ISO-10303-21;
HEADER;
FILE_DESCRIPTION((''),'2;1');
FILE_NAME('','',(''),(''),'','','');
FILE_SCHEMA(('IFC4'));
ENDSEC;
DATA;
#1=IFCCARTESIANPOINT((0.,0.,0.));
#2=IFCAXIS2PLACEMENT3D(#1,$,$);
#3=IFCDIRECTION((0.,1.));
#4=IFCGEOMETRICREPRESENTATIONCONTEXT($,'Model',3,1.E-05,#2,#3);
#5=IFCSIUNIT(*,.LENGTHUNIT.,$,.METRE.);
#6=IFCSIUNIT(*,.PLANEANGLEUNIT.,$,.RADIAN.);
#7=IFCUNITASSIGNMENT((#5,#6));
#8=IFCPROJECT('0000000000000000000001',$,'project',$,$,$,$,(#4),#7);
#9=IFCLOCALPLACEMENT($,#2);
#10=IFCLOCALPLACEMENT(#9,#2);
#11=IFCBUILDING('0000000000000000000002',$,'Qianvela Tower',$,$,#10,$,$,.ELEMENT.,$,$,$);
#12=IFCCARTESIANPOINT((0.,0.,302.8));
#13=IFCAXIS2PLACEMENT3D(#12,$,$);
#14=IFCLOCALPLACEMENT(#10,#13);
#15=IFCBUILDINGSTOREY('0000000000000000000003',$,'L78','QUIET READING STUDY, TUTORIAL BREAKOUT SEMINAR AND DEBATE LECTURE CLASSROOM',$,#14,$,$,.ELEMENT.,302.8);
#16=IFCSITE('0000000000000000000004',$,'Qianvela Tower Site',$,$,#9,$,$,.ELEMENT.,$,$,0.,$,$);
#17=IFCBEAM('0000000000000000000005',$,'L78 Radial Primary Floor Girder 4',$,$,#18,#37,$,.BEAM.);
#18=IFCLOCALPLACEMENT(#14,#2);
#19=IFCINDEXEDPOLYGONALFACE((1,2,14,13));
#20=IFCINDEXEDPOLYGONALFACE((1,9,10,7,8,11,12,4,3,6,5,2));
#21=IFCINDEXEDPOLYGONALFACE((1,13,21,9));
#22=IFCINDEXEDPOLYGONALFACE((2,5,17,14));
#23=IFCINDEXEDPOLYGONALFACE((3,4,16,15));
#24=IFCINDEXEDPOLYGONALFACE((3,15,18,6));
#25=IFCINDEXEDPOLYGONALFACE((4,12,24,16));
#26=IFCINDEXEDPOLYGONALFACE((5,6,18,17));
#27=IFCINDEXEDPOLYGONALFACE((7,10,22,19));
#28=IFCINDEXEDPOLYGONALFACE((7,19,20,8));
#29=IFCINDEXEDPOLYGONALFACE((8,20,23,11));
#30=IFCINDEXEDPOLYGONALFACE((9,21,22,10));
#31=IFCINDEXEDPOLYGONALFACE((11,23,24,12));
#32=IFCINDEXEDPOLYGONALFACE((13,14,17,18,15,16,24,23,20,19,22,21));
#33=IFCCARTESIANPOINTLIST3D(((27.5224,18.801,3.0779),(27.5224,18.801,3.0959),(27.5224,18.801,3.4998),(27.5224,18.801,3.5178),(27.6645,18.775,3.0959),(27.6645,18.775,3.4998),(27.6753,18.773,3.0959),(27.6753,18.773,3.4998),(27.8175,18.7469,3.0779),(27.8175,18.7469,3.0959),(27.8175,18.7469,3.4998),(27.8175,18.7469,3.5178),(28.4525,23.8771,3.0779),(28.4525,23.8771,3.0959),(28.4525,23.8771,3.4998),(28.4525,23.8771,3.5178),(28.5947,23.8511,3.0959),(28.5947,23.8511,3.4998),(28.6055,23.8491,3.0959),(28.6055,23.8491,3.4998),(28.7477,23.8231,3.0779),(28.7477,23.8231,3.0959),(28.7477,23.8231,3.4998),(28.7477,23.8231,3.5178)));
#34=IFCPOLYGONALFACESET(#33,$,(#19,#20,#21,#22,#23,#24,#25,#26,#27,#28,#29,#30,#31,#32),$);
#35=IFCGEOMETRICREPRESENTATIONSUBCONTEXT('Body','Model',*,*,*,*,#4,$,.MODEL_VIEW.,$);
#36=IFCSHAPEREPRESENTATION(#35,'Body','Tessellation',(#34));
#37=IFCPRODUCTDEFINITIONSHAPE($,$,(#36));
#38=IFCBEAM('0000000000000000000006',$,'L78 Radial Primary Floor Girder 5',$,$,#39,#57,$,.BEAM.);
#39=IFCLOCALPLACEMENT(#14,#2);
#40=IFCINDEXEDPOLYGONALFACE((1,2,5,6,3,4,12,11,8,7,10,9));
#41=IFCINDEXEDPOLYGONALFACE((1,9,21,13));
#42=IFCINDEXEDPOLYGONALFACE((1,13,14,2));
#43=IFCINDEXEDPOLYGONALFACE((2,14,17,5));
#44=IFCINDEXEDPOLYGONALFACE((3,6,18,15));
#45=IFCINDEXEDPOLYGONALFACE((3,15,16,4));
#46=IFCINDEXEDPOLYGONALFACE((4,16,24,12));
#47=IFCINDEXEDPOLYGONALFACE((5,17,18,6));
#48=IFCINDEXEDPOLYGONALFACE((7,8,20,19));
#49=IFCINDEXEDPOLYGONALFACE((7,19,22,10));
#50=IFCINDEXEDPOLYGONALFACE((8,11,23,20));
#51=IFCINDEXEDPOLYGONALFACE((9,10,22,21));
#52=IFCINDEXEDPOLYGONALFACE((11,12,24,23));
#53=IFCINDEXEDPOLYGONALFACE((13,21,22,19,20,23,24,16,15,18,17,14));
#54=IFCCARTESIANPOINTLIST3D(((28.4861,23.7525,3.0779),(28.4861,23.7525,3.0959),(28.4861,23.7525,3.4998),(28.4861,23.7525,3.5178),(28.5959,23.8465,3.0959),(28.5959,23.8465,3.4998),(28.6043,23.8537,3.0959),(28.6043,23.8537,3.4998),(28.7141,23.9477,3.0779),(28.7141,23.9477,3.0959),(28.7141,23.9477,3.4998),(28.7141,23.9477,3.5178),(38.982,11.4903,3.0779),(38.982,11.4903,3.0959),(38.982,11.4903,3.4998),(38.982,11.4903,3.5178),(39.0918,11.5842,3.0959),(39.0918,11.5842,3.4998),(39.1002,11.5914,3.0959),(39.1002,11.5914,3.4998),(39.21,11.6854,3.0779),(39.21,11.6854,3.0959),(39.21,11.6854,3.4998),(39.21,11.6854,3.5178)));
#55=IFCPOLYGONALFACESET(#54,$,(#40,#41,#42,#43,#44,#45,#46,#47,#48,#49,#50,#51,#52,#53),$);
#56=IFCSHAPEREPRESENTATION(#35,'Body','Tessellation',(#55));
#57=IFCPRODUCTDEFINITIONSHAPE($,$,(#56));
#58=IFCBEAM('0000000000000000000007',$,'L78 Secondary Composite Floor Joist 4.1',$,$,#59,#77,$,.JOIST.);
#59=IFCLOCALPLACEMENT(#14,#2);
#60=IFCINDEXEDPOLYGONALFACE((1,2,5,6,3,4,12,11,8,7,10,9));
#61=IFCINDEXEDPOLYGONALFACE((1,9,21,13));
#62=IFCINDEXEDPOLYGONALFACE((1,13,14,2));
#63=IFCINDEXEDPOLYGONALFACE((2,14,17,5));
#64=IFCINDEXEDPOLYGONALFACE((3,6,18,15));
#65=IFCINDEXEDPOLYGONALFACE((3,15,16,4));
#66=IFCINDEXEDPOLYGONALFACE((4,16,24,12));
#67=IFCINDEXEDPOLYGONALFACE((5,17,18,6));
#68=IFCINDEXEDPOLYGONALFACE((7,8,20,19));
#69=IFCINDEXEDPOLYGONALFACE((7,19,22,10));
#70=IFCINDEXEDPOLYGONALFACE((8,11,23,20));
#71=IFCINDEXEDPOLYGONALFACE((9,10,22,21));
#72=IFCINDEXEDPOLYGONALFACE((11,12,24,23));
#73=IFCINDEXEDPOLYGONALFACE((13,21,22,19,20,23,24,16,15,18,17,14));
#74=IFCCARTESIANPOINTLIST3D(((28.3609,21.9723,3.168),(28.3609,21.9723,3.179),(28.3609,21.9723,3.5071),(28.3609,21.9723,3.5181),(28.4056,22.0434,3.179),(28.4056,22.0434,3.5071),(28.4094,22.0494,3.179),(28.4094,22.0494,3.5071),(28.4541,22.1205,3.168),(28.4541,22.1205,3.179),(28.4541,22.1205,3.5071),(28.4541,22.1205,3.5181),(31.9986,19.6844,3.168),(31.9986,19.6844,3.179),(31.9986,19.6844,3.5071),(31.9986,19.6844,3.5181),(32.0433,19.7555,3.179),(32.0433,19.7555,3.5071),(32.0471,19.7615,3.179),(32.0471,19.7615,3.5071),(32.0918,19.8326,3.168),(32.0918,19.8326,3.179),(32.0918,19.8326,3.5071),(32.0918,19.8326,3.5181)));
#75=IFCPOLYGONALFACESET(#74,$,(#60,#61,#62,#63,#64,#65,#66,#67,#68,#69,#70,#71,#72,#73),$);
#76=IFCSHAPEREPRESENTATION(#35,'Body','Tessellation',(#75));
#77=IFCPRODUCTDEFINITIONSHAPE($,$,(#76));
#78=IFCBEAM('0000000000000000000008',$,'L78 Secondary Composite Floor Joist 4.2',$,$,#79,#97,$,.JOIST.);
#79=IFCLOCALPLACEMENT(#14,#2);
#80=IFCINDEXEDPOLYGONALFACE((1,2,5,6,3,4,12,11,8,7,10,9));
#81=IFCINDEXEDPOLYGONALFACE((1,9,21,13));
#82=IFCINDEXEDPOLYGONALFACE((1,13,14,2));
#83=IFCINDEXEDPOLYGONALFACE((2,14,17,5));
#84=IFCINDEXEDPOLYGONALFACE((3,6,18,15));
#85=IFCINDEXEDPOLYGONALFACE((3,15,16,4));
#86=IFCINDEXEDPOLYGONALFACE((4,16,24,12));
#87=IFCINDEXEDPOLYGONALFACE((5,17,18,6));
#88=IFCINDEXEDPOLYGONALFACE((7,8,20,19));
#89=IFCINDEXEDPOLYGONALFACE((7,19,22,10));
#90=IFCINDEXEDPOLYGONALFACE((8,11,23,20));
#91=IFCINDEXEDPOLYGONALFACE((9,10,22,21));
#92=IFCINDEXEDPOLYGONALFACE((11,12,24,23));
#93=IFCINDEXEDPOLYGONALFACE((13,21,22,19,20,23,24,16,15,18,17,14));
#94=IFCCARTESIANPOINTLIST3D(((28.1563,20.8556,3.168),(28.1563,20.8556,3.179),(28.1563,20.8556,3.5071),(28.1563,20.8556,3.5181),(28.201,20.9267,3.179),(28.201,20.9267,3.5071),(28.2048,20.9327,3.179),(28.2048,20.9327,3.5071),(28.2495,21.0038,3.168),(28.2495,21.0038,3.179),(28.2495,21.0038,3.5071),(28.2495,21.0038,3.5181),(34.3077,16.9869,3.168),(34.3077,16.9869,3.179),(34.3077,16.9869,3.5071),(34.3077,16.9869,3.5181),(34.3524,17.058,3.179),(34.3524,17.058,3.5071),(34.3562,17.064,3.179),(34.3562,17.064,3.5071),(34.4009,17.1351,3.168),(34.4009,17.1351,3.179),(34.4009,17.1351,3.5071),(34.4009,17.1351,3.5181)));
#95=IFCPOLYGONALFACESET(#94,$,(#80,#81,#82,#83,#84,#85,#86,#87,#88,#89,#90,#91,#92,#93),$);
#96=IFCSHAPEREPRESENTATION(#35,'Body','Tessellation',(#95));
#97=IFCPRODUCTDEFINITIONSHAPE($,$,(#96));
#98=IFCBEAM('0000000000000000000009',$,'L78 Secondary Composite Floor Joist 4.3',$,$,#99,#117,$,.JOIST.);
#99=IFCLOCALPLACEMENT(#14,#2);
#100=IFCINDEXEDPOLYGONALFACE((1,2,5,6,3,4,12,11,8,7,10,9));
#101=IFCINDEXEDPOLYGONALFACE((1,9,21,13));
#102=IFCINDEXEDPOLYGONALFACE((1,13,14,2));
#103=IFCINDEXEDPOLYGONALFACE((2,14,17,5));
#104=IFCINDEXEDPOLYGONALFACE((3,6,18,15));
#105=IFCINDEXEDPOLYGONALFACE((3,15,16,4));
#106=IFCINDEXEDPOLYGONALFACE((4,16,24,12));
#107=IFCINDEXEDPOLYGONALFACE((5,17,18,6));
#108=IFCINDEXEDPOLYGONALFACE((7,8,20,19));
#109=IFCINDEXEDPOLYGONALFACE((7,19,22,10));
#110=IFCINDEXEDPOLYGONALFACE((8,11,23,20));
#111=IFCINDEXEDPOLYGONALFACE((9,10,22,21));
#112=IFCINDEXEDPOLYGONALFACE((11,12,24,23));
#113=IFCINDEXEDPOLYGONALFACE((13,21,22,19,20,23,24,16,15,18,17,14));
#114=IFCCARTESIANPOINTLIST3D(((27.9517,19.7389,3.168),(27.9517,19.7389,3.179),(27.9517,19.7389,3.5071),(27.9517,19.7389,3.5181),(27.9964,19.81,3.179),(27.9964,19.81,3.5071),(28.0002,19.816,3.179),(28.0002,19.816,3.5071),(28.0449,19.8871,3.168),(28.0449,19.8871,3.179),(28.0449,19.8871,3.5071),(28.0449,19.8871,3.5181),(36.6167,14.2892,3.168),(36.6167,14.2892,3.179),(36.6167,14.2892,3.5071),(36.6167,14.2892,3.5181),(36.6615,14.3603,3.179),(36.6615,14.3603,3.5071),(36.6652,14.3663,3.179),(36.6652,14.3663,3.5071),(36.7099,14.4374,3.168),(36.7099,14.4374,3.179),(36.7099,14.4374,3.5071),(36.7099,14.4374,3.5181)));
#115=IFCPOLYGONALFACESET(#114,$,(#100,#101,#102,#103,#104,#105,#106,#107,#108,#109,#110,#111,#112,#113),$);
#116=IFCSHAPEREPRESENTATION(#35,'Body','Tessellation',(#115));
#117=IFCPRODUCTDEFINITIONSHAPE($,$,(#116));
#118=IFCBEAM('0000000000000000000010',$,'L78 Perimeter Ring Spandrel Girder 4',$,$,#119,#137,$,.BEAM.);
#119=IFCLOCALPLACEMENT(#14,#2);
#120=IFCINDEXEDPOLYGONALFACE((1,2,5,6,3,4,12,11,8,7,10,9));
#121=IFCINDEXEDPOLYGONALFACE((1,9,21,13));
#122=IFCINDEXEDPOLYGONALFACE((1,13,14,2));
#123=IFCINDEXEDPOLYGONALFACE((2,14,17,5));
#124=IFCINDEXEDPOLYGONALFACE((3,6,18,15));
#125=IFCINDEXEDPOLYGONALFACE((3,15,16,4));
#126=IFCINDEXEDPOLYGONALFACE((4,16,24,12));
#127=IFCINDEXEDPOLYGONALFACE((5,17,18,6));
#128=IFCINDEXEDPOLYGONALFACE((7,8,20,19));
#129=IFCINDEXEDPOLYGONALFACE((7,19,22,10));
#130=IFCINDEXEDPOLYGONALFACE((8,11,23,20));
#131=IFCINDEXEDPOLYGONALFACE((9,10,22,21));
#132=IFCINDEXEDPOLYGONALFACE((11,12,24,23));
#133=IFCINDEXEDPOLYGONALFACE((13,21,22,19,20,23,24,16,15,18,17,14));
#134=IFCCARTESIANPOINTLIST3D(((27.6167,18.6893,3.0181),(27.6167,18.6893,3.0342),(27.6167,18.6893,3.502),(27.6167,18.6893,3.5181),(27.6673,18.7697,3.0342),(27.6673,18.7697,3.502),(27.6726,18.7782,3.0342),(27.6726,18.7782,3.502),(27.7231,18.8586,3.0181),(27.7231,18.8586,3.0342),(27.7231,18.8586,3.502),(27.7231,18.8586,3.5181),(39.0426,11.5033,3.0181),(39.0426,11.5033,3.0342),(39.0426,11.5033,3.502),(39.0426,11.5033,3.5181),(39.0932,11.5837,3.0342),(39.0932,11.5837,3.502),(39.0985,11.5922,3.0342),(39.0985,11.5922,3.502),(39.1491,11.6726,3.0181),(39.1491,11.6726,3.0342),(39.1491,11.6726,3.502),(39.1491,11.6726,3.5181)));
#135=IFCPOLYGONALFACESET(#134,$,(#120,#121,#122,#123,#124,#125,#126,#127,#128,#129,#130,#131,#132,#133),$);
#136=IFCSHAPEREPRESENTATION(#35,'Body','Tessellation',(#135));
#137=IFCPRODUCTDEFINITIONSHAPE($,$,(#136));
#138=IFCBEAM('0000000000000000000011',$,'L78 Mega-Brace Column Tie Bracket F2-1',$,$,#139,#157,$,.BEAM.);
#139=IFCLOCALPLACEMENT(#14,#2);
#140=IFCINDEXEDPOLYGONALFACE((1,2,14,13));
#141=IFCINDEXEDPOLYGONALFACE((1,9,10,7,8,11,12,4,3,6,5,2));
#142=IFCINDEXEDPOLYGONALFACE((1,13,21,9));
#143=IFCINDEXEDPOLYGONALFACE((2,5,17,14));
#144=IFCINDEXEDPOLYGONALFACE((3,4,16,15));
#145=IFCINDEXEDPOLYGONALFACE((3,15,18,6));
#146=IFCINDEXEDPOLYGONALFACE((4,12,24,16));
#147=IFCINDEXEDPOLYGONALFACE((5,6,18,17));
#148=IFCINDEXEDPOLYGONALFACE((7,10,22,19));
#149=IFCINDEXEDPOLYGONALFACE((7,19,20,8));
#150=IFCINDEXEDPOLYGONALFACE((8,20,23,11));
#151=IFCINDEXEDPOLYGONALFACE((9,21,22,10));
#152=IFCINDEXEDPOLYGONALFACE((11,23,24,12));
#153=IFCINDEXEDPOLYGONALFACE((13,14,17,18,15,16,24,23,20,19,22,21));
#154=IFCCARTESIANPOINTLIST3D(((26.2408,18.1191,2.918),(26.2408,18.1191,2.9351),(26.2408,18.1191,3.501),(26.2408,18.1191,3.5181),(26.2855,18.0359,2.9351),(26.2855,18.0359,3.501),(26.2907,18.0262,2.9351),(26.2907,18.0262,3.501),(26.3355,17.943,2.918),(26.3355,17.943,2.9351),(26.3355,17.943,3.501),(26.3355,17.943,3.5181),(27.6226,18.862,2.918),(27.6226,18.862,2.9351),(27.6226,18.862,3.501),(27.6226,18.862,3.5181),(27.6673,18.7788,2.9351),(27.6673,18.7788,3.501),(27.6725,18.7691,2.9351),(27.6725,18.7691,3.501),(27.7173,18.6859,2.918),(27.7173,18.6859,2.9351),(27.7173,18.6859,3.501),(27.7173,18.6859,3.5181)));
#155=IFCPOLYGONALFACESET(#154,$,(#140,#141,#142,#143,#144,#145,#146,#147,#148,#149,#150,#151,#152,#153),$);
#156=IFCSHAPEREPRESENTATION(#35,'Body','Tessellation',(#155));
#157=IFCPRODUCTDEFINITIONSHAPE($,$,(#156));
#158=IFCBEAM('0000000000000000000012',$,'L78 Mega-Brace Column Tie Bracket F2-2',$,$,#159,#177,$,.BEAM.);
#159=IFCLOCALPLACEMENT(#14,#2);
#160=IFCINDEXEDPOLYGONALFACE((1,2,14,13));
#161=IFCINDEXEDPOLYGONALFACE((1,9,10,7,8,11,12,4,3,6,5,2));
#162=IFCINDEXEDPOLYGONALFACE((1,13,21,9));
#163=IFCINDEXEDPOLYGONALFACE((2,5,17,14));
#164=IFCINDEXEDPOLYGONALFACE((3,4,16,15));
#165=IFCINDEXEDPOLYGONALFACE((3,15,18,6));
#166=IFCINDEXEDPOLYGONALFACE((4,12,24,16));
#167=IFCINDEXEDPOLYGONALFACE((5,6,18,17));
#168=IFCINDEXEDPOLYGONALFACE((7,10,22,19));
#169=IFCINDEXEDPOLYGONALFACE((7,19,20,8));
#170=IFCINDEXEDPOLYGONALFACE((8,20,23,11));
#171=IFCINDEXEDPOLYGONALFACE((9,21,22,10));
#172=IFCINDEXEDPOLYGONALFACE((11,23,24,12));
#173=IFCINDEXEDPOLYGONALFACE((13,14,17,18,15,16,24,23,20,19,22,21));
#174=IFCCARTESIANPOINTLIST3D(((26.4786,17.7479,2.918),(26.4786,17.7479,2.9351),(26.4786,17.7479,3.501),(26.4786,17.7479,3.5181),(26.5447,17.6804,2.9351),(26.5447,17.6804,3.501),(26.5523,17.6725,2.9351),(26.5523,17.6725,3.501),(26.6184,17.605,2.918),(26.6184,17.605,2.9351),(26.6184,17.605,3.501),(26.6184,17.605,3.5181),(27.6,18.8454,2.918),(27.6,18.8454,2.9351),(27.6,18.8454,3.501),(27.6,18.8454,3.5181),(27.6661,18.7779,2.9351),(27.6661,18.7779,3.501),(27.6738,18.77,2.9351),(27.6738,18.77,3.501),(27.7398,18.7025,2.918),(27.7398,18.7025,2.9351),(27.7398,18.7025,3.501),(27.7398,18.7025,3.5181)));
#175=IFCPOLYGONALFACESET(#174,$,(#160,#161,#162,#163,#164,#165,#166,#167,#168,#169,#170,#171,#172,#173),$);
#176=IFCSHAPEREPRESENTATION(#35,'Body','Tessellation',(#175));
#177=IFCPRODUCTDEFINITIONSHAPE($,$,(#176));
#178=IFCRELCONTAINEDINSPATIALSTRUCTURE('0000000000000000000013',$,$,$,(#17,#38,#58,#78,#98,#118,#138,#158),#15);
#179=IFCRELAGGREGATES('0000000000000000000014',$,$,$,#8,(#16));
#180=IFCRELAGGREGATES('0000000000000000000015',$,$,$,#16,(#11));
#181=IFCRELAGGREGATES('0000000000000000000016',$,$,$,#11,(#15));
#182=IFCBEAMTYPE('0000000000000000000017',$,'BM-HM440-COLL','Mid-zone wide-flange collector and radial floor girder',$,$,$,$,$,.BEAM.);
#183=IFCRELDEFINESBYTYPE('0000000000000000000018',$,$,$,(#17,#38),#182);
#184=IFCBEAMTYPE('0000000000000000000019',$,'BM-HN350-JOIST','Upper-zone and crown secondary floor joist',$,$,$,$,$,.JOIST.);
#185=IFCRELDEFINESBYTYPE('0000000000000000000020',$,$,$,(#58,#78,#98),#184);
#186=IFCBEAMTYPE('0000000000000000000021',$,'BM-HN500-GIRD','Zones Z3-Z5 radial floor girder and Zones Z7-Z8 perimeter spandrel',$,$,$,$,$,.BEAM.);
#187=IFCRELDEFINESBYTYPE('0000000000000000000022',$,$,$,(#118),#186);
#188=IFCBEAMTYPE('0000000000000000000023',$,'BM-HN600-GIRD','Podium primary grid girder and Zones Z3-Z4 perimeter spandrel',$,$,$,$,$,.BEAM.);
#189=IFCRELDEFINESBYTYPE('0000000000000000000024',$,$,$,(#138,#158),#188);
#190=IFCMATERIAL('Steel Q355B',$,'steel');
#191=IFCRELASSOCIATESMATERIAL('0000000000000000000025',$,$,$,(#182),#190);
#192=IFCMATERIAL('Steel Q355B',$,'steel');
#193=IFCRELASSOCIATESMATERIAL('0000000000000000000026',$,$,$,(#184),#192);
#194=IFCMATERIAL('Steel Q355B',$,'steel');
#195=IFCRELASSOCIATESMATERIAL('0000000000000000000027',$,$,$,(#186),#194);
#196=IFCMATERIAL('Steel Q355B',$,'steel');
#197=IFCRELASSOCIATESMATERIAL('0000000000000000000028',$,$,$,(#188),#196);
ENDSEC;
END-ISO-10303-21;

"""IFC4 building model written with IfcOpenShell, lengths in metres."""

from ifc_helpers import new_model, si_unit, direction, frame, origin, origin_2d, place, context, subcontext, project, spatial, i_section, extrude, material, material_profile, profile_set, type_object, element, save


model = new_model("IFC4")

# Units and contexts
model_context = context("Model", 3, precision=1e-05, world=origin(), true_north=direction((0.0, 1.0)))
body_context = subcontext(model_context, "Body", "Model", "MODEL_VIEW")
ifc_project = project(units=[si_unit("LENGTHUNIT", "METRE"), si_unit("PLANEANGLEUNIT", "RADIAN")], contexts=[model_context])

# Site, building, storey
site_placement = place(None, origin())
site = spatial("IfcSite", under=ifc_project, at=site_placement, Name="Qianvela Tower Site", CompositionType="ELEMENT", RefElevation=0.0)
building_placement = place(site_placement, origin())
building = spatial("IfcBuilding", under=site, at=building_placement, Name="Qianvela Tower", CompositionType="ELEMENT")
storey_placement = place(building_placement, frame((0.0, 0.0, 302.8)))
storey = spatial("IfcBuildingStorey", under=building, at=storey_placement, Name="L78", Description="QUIET READING STUDY, TUTORIAL BREAKOUT SEMINAR AND DEBATE LECTURE CLASSROOM", CompositionType="ELEMENT", Elevation=302.8)

# Beams
ifc_material_1 = material(Name="Steel Q355B", Category="steel")
ifc_material_profile_1 = material_profile(ifc_material_1, i_section(OverallWidth=0.3, OverallDepth=0.4399, WebThickness=0.011, FlangeThickness=0.0181, at=origin_2d()), Name="HM440x300x11x18")
ifc_profile_set_1 = profile_set([ifc_material_profile_1], Name="Steel Q355B")
beam_type_1 = type_object("IfcBeamType", Name="BM-HM440-COLL", Description="Mid-zone wide-flange collector and radial floor girder", PredefinedType="BEAM", material=ifc_profile_set_1)
beam_1_placement = place(storey_placement, frame((28.6001, 23.8501, 3.2979), z_axis=(-0.180242, -0.983622, 0.0), x_axis=(0.983622, -0.180242, 0.0)))
element("IfcBeam", 1, at=beam_1_placement, inside=storey, type_object=beam_type_1, Name="L78 Radial Primary Floor Girder 4", PredefinedType="BEAM", context=body_context, shape_type="SweptSolid", body=[
    extrude(i_section(OverallWidth=0.3, OverallDepth=0.4399, WebThickness=0.011, FlangeThickness=0.0181, at=origin_2d()), origin(), (0.0, 0.0, 1.0), 5.1606),
])
beam_2_placement = place(storey_placement, frame((28.6001, 23.8501, 3.2979), z_axis=(0.650269, -0.759704, 0.0), x_axis=(0.759704, 0.650269, 0.0)))
element("IfcBeam", 2, at=beam_2_placement, inside=storey, type_object=beam_type_1, Name="L78 Radial Primary Floor Girder 5", PredefinedType="BEAM", context=body_context, shape_type="SweptSolid", body=[
    extrude(i_section(OverallWidth=0.3, OverallDepth=0.4399, WebThickness=0.011, FlangeThickness=0.0181, at=origin_2d()), origin(), (0.0, 0.0, 1.0), 16.1409),
])
ifc_material_2 = material(Name="Steel Q355B", Category="steel")
ifc_material_profile_2 = material_profile(ifc_material_2, i_section(OverallWidth=0.175, OverallDepth=0.3501, WebThickness=0.0071, FlangeThickness=0.011, at=origin_2d()), Name="HN350x175x7x11")
ifc_profile_set_2 = profile_set([ifc_material_profile_2], Name="Steel Q355B")
beam_type_2 = type_object("IfcBeamType", Name="BM-HN350-JOIST", Description="Upper-zone and crown secondary floor joist", PredefinedType="JOIST", material=ifc_profile_set_2)
beam_3_placement = place(storey_placement, frame((28.4075, 22.0464, 3.343), z_axis=(0.846501, -0.532387, 0.0), x_axis=(0.532387, 0.846501, 0.0)))
element("IfcBeam", 3, at=beam_3_placement, inside=storey, type_object=beam_type_2, Name="L78 Secondary Composite Floor Joist 4.1", PredefinedType="JOIST", context=body_context, shape_type="SweptSolid", body=[
    extrude(i_section(OverallWidth=0.175, OverallDepth=0.3501, WebThickness=0.0071, FlangeThickness=0.011, at=origin_2d()), origin(), (0.0, 0.0, 1.0), 4.2974),
])
beam_4_placement = place(storey_placement, frame((28.2029, 20.9297, 3.343), z_axis=(0.846508, -0.532377, 0.0), x_axis=(0.532377, 0.846508, 0.0)))
element("IfcBeam", 4, at=beam_4_placement, inside=storey, type_object=beam_type_2, Name="L78 Secondary Composite Floor Joist 4.2", PredefinedType="JOIST", context=body_context, shape_type="SweptSolid", body=[
    extrude(i_section(OverallWidth=0.175, OverallDepth=0.3501, WebThickness=0.0071, FlangeThickness=0.011, at=origin_2d()), origin(), (0.0, 0.0, 1.0), 7.2668),
])
beam_5_placement = place(storey_placement, frame((27.9983, 19.813, 3.343), z_axis=(0.8465, -0.532389, 0.0), x_axis=(0.532389, 0.8465, 0.0)))
element("IfcBeam", 5, at=beam_5_placement, inside=storey, type_object=beam_type_2, Name="L78 Secondary Composite Floor Joist 4.3", PredefinedType="JOIST", context=body_context, shape_type="SweptSolid", body=[
    extrude(i_section(OverallWidth=0.175, OverallDepth=0.3501, WebThickness=0.0071, FlangeThickness=0.011, at=origin_2d()), origin(), (0.0, 0.0, 1.0), 10.2363),
])
ifc_material_3 = material(Name="Steel Q355B", Category="steel")
ifc_material_profile_3 = material_profile(ifc_material_3, i_section(OverallWidth=0.2, OverallDepth=0.5, WebThickness=0.01, FlangeThickness=0.0161, at=origin_2d()), Name="HN500x200x10x16")
ifc_profile_set_3 = profile_set([ifc_material_profile_3], Name="Steel Q355B")
beam_type_3 = type_object("IfcBeamType", Name="BM-HN500-GIRD", Description="Zones Z3-Z5 radial floor girder and Zones Z7-Z8 perimeter spandrel", PredefinedType="BEAM", material=ifc_profile_set_3)
beam_6_placement = place(storey_placement, frame((27.6699, 18.7739, 3.2681), z_axis=(0.846504, -0.532382, 0.0), x_axis=(0.532382, 0.846504, 0.0)))
element("IfcBeam", 6, at=beam_6_placement, inside=storey, type_object=beam_type_3, Name="L78 Perimeter Ring Spandrel Girder 4", PredefinedType="BEAM", context=body_context, shape_type="SweptSolid", body=[
    extrude(i_section(OverallWidth=0.2, OverallDepth=0.5, WebThickness=0.01, FlangeThickness=0.0161, at=origin_2d()), origin(), (0.0, 0.0, 1.0), 13.4978),
])
ifc_material_4 = material(Name="Steel Q355B", Category="steel")
ifc_material_profile_4 = material_profile(ifc_material_4, i_section(OverallWidth=0.2, OverallDepth=0.6001, WebThickness=0.011, FlangeThickness=0.0171, at=origin_2d()), Name="HN600x200x11x17")
ifc_profile_set_4 = profile_set([ifc_material_profile_4], Name="Steel Q355B")
beam_type_4 = type_object("IfcBeamType", Name="BM-HN600-GIRD", Description="Podium primary grid girder and Zones Z3-Z4 perimeter spandrel", PredefinedType="BEAM", material=ifc_profile_set_4)
beam_7_placement = place(storey_placement, frame((27.6699, 18.7739, 3.218), z_axis=(-0.880776, -0.473534, 0.0), x_axis=(0.473534, -0.880776, 0.0)))
element("IfcBeam", 7, at=beam_7_placement, inside=storey, type_object=beam_type_4, Name="L78 Mega-Brace Column Tie Bracket F2-1", PredefinedType="BEAM", context=body_context, shape_type="SweptSolid", body=[
    extrude(i_section(OverallWidth=0.2, OverallDepth=0.6001, WebThickness=0.011, FlangeThickness=0.0171, at=origin_2d()), origin(), (0.0, 0.0, 1.0), 1.5688),
])
beam_8_placement = place(storey_placement, frame((27.6699, 18.7739, 3.218), z_axis=(-0.71469, -0.699441, 0.0), x_axis=(0.699441, -0.71469, 0.0)))
element("IfcBeam", 8, at=beam_8_placement, inside=storey, type_object=beam_type_4, Name="L78 Mega-Brace Column Tie Bracket F2-2", PredefinedType="BEAM", context=body_context, shape_type="SweptSolid", body=[
    extrude(i_section(OverallWidth=0.2, OverallDepth=0.6001, WebThickness=0.011, FlangeThickness=0.0171, at=origin_2d()), origin(), (0.0, 0.0, 1.0), 1.5691),
])

save(model, "model.ifc")
